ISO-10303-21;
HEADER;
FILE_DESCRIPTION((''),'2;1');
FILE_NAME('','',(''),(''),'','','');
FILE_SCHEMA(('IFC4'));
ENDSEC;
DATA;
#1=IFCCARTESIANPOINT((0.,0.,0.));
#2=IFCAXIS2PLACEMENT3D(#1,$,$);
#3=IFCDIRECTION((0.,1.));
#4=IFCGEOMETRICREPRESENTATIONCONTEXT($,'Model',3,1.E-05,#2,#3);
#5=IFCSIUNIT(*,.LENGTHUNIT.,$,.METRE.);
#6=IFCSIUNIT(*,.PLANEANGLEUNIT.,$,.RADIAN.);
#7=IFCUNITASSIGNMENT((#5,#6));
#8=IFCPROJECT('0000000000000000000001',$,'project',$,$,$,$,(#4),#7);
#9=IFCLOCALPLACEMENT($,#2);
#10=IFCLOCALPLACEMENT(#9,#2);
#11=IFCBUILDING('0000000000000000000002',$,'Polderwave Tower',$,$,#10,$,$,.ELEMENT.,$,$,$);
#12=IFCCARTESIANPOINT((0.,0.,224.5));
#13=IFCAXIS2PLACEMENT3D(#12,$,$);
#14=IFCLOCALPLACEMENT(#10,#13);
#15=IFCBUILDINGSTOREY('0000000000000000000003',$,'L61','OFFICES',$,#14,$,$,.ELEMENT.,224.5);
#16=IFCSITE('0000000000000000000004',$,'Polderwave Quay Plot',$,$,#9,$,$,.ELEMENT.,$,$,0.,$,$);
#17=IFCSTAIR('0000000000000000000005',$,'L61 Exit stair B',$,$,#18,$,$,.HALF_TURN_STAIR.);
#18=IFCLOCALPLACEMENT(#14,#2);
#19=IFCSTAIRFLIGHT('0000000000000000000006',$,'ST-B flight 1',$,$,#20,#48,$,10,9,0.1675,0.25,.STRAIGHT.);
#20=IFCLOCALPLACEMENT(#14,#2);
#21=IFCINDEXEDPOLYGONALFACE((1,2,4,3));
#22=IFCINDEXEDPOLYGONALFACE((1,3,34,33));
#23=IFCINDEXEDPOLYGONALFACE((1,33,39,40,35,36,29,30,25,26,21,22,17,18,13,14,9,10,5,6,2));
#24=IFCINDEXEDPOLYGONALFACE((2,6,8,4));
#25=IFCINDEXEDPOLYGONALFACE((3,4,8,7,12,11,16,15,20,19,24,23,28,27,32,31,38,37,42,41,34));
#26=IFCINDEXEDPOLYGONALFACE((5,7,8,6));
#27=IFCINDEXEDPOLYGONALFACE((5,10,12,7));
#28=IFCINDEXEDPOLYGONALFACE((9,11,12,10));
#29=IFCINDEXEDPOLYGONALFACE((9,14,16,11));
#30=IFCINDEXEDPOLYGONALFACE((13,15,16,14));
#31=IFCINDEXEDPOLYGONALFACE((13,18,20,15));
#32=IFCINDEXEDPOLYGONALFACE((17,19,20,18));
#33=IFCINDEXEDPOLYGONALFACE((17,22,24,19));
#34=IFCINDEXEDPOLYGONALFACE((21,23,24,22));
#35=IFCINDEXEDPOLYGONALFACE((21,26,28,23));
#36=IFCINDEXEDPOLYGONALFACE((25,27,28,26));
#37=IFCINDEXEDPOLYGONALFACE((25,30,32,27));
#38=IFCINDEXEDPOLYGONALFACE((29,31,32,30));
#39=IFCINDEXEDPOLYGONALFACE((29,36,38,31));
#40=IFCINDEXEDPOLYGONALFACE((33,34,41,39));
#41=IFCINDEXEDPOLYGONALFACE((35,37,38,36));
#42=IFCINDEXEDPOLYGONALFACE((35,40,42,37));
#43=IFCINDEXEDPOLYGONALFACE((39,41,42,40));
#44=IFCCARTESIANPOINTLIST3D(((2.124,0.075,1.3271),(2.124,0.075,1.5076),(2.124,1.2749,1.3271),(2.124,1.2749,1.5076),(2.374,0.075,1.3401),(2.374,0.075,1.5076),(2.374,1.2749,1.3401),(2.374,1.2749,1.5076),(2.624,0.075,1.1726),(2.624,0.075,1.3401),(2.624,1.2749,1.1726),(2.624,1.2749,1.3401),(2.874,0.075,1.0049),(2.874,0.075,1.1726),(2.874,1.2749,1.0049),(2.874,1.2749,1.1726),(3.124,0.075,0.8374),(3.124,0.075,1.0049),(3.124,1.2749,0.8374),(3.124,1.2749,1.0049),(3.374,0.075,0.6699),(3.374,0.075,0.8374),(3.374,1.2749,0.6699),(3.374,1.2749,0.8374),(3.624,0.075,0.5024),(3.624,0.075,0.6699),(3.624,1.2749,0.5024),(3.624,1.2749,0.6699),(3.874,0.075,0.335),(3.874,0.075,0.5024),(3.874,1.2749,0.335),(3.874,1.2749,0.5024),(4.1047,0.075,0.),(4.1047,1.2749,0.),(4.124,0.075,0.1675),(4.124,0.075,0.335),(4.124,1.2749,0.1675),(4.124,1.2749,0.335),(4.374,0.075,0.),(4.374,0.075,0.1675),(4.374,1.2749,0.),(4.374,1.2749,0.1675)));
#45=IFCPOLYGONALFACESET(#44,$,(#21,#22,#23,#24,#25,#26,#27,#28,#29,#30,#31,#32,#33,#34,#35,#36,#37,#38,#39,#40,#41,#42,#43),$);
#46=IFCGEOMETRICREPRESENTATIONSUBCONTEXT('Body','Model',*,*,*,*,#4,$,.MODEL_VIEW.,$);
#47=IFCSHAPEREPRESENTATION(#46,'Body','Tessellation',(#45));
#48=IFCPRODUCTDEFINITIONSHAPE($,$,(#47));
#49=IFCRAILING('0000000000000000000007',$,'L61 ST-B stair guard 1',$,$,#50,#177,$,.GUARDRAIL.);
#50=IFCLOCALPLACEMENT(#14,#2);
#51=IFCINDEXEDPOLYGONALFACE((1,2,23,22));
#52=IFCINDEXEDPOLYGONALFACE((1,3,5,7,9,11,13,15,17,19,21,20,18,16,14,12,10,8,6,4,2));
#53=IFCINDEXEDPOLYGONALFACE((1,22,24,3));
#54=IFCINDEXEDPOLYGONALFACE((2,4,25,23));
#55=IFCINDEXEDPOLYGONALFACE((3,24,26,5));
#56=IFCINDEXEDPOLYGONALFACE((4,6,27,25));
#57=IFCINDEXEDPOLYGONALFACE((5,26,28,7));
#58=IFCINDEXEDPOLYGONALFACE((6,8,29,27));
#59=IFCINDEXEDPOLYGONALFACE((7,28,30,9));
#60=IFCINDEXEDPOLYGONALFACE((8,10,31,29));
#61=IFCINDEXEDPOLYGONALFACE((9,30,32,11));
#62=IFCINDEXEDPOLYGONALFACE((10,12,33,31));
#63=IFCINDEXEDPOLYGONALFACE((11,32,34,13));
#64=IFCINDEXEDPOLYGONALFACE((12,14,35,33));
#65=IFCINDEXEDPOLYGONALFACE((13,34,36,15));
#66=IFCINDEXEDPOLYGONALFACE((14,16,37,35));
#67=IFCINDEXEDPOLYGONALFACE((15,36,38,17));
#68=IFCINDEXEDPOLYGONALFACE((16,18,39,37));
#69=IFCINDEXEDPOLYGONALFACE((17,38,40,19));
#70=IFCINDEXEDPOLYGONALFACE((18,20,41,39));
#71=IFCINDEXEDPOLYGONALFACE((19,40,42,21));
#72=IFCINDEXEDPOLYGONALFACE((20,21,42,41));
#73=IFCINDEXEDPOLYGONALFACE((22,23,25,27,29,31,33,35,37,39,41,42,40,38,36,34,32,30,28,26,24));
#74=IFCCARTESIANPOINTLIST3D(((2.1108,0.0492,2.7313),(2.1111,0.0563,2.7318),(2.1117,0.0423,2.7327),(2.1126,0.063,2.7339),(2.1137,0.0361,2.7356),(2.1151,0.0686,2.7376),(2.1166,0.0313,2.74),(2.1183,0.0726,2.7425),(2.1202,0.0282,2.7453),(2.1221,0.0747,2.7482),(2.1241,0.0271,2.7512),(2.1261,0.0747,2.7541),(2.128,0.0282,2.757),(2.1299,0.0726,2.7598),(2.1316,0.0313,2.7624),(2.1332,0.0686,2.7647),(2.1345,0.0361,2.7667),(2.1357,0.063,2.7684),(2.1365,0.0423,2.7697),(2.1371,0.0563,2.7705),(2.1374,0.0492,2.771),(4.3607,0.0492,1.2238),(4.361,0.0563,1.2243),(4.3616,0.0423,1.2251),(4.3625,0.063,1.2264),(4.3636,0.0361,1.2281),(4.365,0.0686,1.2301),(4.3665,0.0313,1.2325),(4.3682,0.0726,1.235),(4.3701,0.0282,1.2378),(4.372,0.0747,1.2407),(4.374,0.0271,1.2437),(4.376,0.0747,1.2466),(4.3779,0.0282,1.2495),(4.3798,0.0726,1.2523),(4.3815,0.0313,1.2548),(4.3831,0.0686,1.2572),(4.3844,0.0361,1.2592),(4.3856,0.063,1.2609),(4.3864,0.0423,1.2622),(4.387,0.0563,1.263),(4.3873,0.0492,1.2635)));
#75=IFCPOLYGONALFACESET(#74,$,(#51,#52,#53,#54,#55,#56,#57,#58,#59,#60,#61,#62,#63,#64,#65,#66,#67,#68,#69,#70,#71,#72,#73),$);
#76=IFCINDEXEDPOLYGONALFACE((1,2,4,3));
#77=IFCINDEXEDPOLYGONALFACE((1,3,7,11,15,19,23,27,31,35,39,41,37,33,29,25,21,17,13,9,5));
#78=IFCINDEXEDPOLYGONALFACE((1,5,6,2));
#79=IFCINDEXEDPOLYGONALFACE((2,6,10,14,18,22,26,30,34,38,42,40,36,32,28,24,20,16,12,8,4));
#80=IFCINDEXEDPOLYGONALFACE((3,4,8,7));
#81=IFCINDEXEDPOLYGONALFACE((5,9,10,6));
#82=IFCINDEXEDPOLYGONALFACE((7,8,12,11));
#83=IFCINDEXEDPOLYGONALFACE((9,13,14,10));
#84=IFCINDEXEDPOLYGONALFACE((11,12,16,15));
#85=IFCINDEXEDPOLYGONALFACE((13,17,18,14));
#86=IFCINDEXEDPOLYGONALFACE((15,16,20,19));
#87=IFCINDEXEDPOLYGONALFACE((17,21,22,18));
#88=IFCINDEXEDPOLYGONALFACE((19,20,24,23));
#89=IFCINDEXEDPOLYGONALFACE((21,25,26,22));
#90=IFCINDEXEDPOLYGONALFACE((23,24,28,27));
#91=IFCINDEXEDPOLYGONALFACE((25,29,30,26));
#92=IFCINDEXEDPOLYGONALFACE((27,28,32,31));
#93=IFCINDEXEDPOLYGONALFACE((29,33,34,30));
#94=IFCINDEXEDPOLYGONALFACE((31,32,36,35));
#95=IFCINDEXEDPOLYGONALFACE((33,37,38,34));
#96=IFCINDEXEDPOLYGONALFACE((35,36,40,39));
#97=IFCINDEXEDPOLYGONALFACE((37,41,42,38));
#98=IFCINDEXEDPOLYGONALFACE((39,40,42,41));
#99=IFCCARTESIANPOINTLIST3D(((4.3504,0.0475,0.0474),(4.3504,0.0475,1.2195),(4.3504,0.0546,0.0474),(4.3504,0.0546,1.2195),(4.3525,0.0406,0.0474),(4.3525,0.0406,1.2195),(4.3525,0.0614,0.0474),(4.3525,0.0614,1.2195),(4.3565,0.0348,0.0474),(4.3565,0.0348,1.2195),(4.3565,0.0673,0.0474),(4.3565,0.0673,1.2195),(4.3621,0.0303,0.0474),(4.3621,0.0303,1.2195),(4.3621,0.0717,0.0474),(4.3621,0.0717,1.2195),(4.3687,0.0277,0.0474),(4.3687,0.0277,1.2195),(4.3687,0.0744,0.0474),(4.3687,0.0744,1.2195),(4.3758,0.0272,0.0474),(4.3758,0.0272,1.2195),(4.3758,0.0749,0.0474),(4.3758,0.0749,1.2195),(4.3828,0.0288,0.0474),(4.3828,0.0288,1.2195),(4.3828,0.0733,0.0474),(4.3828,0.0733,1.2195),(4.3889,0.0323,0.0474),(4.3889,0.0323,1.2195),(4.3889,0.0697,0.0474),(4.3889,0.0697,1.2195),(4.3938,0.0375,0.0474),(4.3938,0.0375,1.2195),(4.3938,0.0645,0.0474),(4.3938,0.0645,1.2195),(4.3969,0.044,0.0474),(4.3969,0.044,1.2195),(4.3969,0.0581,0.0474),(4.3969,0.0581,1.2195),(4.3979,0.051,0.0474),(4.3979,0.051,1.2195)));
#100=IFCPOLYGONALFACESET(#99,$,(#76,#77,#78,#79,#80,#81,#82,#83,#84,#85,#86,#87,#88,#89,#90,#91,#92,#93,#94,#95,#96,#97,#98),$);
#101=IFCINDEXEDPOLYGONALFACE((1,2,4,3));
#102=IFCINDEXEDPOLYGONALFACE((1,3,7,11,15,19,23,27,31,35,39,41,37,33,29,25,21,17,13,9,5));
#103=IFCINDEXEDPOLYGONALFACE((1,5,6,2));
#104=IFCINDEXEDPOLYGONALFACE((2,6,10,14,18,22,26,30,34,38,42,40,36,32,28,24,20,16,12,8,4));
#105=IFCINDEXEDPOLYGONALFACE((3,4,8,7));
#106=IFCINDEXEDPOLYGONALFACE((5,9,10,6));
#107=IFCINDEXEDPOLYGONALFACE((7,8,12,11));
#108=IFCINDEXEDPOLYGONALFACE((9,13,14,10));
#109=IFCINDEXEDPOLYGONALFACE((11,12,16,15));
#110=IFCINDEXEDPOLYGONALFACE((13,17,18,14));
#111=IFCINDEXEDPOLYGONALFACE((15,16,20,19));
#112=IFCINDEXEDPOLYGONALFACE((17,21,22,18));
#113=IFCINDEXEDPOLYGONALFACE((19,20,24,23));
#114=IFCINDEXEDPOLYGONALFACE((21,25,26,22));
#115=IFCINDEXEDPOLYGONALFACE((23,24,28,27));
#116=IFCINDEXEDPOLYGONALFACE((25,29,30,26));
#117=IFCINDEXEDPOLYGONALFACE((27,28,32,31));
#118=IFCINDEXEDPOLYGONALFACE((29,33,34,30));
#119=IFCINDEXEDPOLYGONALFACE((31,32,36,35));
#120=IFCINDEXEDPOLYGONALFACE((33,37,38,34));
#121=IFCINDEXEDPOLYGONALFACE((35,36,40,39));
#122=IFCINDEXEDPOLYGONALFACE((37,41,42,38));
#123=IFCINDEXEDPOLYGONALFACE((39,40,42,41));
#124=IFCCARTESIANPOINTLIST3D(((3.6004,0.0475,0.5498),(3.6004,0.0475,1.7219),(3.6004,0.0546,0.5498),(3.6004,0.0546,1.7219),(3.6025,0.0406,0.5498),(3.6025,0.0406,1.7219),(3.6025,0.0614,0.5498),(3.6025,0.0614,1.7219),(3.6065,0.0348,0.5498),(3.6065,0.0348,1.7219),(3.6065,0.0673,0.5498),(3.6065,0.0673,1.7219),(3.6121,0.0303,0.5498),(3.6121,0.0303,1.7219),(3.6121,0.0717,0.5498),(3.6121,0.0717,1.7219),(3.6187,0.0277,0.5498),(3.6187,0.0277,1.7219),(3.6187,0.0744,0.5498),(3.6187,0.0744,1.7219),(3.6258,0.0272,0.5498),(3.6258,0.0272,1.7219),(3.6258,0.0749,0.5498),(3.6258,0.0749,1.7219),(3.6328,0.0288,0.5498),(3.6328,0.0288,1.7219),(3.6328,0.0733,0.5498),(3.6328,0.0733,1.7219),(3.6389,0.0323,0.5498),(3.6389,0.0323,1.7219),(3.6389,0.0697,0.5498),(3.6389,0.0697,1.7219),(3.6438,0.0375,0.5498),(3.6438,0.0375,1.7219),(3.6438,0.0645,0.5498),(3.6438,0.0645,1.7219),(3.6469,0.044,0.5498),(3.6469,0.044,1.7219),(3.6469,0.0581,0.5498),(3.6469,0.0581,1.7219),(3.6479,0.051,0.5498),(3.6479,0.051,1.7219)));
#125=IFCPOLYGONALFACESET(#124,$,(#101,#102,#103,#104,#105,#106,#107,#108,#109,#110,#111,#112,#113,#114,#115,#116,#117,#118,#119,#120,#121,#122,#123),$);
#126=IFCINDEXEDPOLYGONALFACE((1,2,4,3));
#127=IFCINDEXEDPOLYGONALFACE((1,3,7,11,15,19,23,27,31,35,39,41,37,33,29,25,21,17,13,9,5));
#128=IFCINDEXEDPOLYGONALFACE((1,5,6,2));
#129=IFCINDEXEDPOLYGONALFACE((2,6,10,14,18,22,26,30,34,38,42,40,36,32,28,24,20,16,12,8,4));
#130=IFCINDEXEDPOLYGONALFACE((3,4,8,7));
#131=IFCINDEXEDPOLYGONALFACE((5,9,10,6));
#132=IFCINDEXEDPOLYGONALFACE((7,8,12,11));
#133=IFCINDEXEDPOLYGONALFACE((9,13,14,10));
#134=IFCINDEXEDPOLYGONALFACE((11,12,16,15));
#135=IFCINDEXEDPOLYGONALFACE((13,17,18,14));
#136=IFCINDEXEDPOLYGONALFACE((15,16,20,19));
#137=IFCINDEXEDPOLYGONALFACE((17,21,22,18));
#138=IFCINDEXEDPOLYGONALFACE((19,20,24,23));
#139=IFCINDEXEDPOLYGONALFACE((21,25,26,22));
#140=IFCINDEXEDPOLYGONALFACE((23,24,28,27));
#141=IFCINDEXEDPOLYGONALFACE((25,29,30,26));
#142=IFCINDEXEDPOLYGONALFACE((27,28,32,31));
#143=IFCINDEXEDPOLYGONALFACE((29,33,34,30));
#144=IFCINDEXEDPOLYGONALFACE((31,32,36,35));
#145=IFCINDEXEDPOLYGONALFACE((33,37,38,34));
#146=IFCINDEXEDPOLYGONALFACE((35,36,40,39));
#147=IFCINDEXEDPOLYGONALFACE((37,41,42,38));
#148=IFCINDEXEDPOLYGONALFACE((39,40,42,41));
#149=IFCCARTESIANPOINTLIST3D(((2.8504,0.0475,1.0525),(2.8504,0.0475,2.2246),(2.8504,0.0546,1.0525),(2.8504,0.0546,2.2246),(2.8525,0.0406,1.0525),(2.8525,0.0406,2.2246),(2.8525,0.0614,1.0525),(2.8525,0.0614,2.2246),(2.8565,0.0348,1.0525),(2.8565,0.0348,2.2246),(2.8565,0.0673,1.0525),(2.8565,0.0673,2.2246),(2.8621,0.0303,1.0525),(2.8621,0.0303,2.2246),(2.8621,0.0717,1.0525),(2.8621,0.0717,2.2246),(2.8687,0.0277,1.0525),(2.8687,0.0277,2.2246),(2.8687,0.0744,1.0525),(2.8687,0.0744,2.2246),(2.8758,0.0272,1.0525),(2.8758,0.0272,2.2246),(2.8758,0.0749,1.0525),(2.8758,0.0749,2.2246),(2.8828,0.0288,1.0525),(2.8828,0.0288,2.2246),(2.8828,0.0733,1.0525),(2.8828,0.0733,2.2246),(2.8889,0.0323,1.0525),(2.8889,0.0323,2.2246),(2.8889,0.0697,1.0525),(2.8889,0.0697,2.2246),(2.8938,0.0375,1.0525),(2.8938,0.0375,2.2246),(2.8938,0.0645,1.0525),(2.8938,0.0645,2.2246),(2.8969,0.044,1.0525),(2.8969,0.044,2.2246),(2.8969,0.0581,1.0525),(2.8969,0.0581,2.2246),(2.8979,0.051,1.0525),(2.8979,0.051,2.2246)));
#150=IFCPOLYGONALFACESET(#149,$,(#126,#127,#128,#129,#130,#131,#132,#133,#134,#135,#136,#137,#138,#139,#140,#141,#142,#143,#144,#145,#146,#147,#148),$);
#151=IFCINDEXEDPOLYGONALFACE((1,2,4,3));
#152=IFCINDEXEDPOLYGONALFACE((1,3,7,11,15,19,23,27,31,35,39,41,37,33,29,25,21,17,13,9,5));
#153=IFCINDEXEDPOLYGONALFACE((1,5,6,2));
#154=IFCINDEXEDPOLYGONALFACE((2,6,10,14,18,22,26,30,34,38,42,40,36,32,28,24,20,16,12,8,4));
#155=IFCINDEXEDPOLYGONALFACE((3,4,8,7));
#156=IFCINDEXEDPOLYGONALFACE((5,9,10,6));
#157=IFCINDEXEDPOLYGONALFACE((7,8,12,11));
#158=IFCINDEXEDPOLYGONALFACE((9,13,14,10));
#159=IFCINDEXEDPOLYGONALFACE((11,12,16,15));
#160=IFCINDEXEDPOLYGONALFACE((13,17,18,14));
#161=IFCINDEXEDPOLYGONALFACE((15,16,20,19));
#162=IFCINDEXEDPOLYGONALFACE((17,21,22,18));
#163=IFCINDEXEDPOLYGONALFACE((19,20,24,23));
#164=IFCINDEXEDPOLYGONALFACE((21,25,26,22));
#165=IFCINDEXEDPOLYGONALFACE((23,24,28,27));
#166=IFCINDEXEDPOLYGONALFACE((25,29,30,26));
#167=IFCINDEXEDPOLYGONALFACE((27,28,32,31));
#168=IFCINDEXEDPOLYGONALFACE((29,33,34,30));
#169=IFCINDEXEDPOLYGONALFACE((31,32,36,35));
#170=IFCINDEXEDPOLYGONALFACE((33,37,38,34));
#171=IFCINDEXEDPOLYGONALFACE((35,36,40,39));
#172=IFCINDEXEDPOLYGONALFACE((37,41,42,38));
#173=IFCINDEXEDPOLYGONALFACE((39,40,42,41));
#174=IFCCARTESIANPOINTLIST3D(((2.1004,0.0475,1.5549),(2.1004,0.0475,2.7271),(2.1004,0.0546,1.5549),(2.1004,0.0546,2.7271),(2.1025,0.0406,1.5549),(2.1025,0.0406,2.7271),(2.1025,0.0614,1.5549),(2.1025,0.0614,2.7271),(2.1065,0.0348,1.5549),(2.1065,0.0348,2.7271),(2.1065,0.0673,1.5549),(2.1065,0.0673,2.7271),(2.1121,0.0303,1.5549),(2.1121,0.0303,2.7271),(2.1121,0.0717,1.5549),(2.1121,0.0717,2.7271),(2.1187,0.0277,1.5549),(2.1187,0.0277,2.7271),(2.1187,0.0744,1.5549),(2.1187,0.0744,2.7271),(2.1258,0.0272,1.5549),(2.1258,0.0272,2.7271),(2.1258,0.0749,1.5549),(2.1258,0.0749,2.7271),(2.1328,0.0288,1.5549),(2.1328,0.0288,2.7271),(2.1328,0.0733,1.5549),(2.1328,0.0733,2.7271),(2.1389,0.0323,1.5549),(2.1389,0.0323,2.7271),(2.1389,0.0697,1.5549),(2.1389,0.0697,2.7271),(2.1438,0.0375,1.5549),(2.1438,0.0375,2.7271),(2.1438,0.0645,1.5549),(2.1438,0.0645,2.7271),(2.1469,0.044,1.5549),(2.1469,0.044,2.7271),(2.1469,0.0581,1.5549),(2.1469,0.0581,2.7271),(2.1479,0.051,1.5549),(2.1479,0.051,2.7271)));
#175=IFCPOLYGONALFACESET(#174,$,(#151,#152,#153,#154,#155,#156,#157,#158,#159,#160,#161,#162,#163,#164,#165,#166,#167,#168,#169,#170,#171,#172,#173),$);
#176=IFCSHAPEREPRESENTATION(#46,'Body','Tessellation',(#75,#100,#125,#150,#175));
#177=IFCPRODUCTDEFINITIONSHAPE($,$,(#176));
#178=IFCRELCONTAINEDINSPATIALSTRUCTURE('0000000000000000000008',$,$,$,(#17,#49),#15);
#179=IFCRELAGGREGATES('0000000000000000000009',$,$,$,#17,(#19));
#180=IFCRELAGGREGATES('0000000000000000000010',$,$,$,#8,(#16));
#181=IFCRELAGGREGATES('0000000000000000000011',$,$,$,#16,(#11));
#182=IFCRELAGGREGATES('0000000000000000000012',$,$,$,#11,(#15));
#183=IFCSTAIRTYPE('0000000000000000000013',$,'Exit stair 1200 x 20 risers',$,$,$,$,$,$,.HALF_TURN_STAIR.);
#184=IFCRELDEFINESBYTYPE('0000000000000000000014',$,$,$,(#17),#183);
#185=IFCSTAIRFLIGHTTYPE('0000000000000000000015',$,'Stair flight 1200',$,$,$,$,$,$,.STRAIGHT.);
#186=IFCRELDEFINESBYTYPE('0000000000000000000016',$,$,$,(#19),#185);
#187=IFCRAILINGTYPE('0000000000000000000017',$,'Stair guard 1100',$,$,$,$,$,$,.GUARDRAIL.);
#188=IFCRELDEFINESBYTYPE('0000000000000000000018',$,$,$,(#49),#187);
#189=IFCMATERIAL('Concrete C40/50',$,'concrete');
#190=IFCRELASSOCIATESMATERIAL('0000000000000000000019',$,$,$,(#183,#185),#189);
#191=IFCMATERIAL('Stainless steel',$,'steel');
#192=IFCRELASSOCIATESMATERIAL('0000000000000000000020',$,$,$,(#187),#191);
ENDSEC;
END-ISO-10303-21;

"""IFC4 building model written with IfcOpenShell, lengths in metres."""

from ifc_helpers import new_model, si_unit, direction, frame, origin, origin_2d, place, context, subcontext, project, spatial, polyline, circle, outline, extrude, material, type_object, element, aggregate, save


model = new_model("IFC4")

# Units and contexts
model_context = context("Model", 3, precision=1e-05, world=origin(), true_north=direction((0.0, 1.0)))
body_context = subcontext(model_context, "Body", "Model", "MODEL_VIEW")
ifc_project = project(units=[si_unit("LENGTHUNIT", "METRE"), si_unit("PLANEANGLEUNIT", "RADIAN")], contexts=[model_context])

# Site, building, storey
site_placement = place(None, origin())
site = spatial("IfcSite", under=ifc_project, at=site_placement, Name="Polderwave Quay Plot", CompositionType="ELEMENT", RefElevation=0.0)
building_placement = place(site_placement, origin())
building = spatial("IfcBuilding", under=site, at=building_placement, Name="Polderwave Tower", CompositionType="ELEMENT")
storey_placement = place(building_placement, frame((0.0, 0.0, 224.5)))
storey = spatial("IfcBuildingStorey", under=building, at=storey_placement, Name="L61", Description="OFFICES", CompositionType="ELEMENT", Elevation=224.5)

# Stair, stair flight
ifc_material_1 = material(Name="Concrete C40/50", Category="concrete")
stair_type = type_object("IfcStairType", Name="Exit stair 1200 x 20 risers", PredefinedType="HALF_TURN_STAIR", material=ifc_material_1)
stair_placement = place(storey_placement, origin())
stair = element("IfcStair", 1, at=stair_placement, inside=storey, type_object=stair_type, Name="L61 Exit stair B", PredefinedType="HALF_TURN_STAIR")
stair_flight_type = type_object("IfcStairFlightType", Name="Stair flight 1200", PredefinedType="STRAIGHT", material=ifc_material_1)
stair_flight_placement = place(storey_placement, frame((4.374, 0.675, 0.0), z_axis=(0.0, 0.0, 1.0), x_axis=(-1.0, 0.0, 0.0)))
stair_flight = element("IfcStairFlight", 2, at=stair_flight_placement, type_object=stair_flight_type, Name="ST-B flight 1", NumberOfRisers=10, NumberOfTreads=9, PredefinedType="STRAIGHT", RiserHeight=0.1675, TreadLength=0.25, context=body_context, shape_type="SweptSolid", body=[
    extrude(outline(polyline([(0.0, 0.0), (0.0, 0.1675), (0.25, 0.1675), (0.25, 0.335), (0.5, 0.335), (0.5, 0.5024), (0.75, 0.5024), (0.75, 0.6699), (1.0, 0.6699), (1.0, 0.8374), (1.25, 0.8374), (1.25, 1.0049), (1.5, 1.0049), (1.5, 1.1726), (1.75, 1.1726), (1.75, 1.3401), (2.0, 1.3401), (2.0, 1.5076), (2.25, 1.5076), (2.25, 1.675), (2.25, 1.3271), (0.2693, 0.0), (0.0, 0.0)])), frame((0.0, 0.6001, 0.0), z_axis=(0.0, -1.0, 0.0), x_axis=(1.0, 0.0, 0.0)), (0.0, 0.0, 1.0), 1.2),
])
aggregate(stair, [stair_flight])

# Railing
ifc_material_2 = material(Name="Stainless steel", Category="steel")
railing_type_1 = type_object("IfcRailingType", Name="Stair guard 1100", PredefinedType="GUARDRAIL", material=ifc_material_2)
railing_1_placement = place(storey_placement, frame((4.374, 0.051, 0.0474)))
element("IfcRailing", 3, at=railing_1_placement, inside=storey, type_object=railing_type_1, Name="L61 ST-B stair guard 1", PredefinedType="GUARDRAIL", context=body_context, shape_type="SweptSolid", body=[
    extrude(circle(Radius=0.0239, at=origin_2d()), frame((0.0, 0.0, 1.1963), z_axis=(-0.830758, 0.0, 0.556633), x_axis=(0.0, -1.0, 0.0)), (0.0, 0.0, 1.0), 2.7083),
    extrude(circle(Radius=0.0239, at=origin_2d()), origin(), (0.0, 0.0, 1.0), 1.1721),
    extrude(circle(Radius=0.0239, at=origin_2d()), frame((-0.75, 0.0, 0.5024)), (0.0, 0.0, 1.0), 1.1721),
    extrude(circle(Radius=0.0239, at=origin_2d()), frame((-1.5, 0.0, 1.0051)), (0.0, 0.0, 1.0), 1.1721),
    extrude(circle(Radius=0.0239, at=origin_2d()), frame((-2.25, 0.0, 1.5076)), (0.0, 0.0, 1.0), 1.1721),
])

save(model, "model.ifc")
